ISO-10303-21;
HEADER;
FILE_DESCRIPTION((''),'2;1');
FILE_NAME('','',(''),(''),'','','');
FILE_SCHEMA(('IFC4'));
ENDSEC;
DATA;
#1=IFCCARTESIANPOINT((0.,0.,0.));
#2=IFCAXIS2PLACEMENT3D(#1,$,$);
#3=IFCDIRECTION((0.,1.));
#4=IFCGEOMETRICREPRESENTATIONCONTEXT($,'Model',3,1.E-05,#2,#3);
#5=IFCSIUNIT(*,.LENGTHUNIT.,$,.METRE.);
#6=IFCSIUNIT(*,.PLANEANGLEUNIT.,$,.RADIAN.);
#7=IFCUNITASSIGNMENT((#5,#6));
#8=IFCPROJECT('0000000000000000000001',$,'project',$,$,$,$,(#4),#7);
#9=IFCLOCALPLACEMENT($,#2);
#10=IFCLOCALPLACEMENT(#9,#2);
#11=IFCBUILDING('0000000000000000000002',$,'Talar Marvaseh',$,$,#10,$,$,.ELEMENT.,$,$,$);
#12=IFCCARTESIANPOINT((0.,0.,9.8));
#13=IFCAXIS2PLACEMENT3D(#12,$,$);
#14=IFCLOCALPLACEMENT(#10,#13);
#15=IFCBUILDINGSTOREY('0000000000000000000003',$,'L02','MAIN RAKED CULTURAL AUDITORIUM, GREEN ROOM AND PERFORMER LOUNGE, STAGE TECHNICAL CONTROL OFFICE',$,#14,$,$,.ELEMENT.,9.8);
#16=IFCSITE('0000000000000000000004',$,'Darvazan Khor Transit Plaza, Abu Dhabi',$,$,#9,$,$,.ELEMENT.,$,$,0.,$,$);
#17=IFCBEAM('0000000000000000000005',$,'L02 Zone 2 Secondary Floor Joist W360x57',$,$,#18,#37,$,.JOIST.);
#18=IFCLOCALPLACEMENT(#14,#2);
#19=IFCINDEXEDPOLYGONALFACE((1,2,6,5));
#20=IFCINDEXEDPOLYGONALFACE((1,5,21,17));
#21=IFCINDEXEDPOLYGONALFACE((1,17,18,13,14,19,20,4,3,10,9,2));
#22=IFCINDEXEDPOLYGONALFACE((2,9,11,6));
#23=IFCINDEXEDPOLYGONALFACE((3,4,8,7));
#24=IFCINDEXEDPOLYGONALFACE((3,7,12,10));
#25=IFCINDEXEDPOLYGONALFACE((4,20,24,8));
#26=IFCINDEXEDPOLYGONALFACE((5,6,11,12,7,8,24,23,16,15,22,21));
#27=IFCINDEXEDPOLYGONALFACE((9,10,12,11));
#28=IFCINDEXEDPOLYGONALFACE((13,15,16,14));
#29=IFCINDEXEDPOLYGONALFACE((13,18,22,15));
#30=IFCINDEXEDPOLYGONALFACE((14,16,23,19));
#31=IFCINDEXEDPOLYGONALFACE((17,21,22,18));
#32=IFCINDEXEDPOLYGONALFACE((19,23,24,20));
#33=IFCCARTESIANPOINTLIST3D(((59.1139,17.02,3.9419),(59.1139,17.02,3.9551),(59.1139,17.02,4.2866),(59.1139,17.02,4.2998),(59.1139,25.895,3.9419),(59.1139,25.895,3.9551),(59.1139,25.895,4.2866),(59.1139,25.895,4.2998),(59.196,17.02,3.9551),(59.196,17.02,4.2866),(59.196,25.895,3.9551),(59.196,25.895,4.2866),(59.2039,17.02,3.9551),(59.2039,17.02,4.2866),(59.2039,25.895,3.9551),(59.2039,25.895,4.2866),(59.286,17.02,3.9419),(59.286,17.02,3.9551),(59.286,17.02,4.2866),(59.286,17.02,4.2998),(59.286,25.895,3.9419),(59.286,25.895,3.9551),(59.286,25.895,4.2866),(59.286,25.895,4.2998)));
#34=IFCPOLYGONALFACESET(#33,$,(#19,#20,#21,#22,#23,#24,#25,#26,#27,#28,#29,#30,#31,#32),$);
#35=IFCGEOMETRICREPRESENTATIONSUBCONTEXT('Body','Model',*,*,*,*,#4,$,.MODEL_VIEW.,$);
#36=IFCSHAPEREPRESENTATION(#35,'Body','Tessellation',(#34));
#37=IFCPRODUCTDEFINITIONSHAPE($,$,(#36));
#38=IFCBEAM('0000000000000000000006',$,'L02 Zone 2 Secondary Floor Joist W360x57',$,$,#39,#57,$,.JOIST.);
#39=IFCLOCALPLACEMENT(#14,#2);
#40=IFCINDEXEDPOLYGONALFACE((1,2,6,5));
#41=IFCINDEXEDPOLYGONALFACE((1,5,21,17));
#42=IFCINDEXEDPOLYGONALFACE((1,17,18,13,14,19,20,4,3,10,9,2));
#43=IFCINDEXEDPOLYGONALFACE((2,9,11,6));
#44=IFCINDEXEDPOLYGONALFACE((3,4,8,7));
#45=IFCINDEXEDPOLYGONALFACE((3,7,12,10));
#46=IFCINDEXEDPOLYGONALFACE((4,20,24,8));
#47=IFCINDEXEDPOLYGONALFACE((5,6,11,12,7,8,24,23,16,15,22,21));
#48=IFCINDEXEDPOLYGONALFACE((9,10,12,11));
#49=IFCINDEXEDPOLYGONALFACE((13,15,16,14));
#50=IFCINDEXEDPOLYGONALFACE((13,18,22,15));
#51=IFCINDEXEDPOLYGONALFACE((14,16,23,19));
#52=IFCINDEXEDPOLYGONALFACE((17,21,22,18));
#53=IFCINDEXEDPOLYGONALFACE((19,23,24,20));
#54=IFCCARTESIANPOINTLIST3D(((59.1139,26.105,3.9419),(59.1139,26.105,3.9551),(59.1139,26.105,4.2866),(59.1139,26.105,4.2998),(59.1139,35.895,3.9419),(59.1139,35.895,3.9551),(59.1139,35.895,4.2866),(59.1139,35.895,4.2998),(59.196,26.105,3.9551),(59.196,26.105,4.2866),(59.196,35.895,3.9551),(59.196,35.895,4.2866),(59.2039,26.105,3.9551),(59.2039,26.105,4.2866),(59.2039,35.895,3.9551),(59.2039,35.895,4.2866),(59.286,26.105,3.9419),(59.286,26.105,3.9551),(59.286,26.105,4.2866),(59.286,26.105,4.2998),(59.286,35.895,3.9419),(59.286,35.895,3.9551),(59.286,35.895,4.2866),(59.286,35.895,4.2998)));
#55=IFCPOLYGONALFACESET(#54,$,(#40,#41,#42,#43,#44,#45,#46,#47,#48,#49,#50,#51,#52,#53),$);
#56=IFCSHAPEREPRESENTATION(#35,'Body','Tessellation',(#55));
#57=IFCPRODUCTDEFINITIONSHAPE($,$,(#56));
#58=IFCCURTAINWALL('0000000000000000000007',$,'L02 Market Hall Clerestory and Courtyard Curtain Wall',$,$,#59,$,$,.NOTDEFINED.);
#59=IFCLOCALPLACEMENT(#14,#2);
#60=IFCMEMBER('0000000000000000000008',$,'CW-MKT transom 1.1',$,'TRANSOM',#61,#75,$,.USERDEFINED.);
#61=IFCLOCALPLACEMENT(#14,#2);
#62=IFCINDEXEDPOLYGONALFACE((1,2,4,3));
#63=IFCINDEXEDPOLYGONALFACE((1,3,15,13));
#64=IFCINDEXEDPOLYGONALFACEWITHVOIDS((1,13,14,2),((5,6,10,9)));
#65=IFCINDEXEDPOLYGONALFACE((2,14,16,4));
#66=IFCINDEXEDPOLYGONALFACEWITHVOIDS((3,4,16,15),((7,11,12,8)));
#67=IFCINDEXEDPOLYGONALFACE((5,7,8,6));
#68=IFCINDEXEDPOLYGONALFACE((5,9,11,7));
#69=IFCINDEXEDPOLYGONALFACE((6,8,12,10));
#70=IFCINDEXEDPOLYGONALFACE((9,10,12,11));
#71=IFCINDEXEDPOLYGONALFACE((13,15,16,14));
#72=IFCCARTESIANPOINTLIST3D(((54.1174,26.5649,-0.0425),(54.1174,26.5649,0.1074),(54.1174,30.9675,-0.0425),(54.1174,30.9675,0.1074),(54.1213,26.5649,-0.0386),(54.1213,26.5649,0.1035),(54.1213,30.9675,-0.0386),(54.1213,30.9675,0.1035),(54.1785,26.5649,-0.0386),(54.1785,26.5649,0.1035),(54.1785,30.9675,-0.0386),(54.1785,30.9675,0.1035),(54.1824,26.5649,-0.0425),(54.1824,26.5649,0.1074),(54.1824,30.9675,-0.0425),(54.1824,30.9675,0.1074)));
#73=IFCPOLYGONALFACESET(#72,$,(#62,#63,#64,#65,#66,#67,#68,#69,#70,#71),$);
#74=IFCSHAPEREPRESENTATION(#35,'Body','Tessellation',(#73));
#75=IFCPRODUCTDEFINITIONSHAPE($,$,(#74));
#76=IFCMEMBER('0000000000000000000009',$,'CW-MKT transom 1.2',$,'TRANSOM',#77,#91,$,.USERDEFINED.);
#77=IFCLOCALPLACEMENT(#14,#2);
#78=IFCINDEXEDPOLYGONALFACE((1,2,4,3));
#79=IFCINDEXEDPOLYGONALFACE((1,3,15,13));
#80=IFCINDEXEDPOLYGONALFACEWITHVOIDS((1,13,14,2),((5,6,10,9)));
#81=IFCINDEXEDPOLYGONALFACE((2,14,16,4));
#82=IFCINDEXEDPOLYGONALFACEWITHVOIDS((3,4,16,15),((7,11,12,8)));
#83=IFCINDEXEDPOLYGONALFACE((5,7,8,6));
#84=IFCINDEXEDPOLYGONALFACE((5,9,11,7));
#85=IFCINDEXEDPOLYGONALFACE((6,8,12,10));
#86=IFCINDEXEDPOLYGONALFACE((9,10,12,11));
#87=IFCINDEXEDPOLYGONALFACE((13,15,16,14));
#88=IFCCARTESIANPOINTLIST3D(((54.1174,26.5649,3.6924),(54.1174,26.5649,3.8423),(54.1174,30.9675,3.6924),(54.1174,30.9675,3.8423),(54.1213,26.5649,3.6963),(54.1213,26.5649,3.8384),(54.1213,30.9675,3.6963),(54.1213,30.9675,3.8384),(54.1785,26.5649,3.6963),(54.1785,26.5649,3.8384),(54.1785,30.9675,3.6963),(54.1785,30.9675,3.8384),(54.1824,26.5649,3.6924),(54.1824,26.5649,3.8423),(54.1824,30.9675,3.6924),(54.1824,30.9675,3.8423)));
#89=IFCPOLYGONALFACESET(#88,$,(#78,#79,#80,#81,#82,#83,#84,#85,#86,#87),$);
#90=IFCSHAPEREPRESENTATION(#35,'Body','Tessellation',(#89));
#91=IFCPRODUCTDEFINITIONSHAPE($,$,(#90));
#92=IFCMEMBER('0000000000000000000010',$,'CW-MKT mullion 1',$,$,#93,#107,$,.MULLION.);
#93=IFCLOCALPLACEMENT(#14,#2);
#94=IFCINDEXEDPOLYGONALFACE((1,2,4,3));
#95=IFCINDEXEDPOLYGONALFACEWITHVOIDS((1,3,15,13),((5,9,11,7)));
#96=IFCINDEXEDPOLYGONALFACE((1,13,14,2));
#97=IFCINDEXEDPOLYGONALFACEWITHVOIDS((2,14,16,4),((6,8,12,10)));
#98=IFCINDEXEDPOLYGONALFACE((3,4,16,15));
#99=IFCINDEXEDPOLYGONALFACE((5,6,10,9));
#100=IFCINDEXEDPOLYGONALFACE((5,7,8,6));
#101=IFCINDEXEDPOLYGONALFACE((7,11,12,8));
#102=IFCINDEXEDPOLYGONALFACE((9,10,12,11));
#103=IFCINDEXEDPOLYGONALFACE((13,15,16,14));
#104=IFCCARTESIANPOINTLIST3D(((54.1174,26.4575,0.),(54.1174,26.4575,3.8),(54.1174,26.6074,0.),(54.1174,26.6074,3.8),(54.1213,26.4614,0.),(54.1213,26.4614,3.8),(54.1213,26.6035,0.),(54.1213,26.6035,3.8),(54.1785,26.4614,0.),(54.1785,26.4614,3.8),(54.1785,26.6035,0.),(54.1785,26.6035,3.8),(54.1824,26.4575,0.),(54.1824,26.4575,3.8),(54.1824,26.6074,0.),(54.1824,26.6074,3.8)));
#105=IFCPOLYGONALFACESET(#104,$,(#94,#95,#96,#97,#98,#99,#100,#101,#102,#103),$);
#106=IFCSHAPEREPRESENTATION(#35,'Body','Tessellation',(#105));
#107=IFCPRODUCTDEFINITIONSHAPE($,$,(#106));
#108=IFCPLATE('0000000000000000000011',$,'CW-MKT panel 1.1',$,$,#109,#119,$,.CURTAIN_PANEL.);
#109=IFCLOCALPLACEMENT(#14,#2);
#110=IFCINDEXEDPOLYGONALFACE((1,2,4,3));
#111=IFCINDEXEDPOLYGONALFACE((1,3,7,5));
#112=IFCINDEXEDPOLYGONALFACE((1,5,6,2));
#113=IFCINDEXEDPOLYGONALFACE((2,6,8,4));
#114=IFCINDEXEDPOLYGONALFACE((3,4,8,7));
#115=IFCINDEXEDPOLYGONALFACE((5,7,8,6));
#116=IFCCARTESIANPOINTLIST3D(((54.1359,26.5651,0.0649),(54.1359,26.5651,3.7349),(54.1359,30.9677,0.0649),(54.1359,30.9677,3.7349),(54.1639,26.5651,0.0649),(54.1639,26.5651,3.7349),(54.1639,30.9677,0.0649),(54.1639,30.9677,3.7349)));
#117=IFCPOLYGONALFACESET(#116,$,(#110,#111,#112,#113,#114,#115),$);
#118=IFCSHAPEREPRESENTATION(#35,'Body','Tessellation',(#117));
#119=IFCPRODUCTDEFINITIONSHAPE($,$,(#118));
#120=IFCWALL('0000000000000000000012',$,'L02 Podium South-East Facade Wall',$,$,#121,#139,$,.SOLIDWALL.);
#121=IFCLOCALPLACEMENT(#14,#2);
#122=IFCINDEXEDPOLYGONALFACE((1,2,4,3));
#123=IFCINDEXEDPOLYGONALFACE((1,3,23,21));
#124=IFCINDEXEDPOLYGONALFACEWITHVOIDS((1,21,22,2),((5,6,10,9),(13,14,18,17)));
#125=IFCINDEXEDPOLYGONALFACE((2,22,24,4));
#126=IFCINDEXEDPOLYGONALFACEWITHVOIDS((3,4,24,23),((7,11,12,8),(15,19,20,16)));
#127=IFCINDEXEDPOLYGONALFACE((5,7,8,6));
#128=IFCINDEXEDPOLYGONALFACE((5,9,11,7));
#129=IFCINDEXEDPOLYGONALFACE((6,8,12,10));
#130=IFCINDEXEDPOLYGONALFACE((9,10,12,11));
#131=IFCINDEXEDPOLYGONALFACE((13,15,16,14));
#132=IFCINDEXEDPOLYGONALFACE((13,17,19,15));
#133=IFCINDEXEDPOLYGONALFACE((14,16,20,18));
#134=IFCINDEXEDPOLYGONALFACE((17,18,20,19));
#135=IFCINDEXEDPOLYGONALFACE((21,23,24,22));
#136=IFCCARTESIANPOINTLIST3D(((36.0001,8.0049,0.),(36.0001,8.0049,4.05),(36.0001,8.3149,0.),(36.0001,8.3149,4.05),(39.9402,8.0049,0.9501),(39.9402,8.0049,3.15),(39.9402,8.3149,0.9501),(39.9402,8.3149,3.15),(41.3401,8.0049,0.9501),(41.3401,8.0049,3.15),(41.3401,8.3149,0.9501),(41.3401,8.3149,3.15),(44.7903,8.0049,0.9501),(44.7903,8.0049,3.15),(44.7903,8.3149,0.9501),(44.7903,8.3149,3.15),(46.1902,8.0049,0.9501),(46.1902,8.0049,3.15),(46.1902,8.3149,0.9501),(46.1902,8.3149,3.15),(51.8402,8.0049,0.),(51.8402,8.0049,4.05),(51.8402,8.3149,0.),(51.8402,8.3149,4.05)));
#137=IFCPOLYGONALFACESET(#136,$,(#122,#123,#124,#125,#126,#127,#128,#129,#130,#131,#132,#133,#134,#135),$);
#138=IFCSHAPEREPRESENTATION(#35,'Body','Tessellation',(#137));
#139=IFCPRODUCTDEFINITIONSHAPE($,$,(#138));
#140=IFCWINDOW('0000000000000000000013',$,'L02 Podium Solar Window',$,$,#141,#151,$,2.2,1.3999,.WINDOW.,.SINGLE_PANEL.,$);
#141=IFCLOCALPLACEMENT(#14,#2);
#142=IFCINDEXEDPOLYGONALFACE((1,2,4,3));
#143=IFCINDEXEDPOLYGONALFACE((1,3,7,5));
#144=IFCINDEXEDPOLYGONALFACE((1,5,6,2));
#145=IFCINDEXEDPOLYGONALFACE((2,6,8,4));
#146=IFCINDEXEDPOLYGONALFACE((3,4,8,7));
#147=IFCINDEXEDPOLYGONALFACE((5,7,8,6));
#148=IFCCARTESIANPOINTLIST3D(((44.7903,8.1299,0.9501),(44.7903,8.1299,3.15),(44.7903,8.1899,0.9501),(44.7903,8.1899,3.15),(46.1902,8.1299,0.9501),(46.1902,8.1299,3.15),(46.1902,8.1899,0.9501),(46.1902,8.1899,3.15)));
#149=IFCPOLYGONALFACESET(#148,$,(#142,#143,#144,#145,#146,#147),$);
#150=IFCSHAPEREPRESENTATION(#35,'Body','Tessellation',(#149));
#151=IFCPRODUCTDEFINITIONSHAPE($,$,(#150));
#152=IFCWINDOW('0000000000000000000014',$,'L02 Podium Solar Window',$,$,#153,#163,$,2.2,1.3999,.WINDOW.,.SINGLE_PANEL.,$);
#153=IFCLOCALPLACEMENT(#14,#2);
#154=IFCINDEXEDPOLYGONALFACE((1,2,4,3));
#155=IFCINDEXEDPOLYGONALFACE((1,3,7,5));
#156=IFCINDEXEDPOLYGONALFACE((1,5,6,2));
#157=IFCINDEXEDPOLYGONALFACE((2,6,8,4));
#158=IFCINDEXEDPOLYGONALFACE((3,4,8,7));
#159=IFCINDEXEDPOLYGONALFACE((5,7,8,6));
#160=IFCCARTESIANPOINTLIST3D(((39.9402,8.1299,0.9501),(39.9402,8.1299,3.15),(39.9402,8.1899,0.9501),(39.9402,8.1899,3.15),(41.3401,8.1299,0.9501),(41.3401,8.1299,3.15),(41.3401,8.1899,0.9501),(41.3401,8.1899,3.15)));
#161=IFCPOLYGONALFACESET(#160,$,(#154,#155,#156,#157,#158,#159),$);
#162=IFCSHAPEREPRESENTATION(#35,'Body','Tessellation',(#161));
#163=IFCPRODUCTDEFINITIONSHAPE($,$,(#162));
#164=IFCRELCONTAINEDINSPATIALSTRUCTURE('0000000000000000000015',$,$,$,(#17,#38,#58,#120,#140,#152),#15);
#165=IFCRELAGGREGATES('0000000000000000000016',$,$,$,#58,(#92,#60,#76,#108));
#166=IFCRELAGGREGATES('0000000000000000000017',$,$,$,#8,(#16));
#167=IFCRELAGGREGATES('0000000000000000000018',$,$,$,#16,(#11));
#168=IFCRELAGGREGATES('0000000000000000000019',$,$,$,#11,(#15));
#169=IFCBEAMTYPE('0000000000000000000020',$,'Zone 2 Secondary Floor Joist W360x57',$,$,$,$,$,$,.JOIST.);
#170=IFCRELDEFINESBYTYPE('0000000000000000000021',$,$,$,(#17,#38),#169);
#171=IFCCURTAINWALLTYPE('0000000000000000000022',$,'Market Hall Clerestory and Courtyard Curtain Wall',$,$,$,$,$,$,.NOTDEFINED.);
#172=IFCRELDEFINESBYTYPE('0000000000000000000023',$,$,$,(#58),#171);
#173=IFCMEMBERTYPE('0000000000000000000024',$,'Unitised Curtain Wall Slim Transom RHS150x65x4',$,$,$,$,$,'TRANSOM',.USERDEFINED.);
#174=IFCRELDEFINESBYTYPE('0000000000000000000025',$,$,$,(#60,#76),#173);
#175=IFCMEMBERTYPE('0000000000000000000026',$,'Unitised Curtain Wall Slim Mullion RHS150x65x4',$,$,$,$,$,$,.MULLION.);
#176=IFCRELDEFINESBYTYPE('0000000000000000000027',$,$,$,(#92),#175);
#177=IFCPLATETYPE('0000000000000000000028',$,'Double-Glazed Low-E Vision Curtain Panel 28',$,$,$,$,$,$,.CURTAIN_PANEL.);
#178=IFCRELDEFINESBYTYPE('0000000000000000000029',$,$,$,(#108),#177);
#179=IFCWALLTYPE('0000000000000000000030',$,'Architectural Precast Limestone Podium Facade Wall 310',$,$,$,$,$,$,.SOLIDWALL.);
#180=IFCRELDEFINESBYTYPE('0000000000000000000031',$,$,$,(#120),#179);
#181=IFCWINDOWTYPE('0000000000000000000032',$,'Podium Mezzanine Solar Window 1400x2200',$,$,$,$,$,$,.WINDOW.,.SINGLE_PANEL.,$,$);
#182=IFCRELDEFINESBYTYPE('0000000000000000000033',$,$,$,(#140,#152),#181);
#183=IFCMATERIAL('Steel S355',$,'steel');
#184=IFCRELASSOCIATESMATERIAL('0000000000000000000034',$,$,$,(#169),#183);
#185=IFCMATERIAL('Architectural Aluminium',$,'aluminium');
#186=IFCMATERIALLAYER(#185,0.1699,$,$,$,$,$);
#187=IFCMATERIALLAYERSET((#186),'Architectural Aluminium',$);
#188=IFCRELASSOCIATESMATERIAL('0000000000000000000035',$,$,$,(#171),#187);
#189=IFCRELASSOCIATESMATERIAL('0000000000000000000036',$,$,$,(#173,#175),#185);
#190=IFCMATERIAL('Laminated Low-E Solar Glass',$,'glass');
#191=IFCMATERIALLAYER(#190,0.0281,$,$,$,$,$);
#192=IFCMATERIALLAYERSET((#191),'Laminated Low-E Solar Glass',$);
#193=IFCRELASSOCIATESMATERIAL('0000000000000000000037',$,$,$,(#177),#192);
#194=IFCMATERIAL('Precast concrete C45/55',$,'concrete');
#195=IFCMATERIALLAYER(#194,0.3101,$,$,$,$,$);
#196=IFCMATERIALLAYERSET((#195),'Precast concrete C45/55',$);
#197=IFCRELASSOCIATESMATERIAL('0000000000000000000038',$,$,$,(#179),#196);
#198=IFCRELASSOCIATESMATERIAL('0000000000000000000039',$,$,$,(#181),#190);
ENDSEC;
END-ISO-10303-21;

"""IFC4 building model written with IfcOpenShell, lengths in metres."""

from ifc_helpers import new_model, si_unit, direction, frame, frame_2d, origin, origin_2d, place, context, subcontext, project, spatial, rectangle, hollow_rectangle, i_section, extrude, source, transform, mapped, material, layer, layer_set, material_profile, profile_set, type_object, type_shapes, element, fill, aggregate, save


model = new_model("IFC4")

# Units and contexts
model_context = context("Model", 3, precision=1e-05, world=origin(), true_north=direction((0.0, 1.0)))
body_context = subcontext(model_context, "Body", "Model", "MODEL_VIEW")
ifc_project = project(units=[si_unit("LENGTHUNIT", "METRE"), si_unit("PLANEANGLEUNIT", "RADIAN")], contexts=[model_context])

# Site, building, storey
site_placement = place(None, origin())
site = spatial("IfcSite", under=ifc_project, at=site_placement, Name="Darvazan Khor Transit Plaza, Abu Dhabi", CompositionType="ELEMENT", RefElevation=0.0)
building_placement = place(site_placement, origin())
building = spatial("IfcBuilding", under=site, at=building_placement, Name="Talar Marvaseh", CompositionType="ELEMENT")
storey_placement = place(building_placement, frame((0.0, 0.0, 9.8)))
storey = spatial("IfcBuildingStorey", under=building, at=storey_placement, Name="L02", Description="MAIN RAKED CULTURAL AUDITORIUM, GREEN ROOM AND PERFORMER LOUNGE, STAGE TECHNICAL CONTROL OFFICE", CompositionType="ELEMENT", Elevation=9.8)

# Beams
ifc_material_1 = material(Name="Steel S355", Category="steel")
ifc_material_profile_1 = material_profile(ifc_material_1, i_section(OverallWidth=0.1721, OverallDepth=0.3579, WebThickness=0.0078, FlangeThickness=0.0132, at=origin_2d()), Name="W360x57")
ifc_profile_set_1 = profile_set([ifc_material_profile_1], Name="Steel S355")
beam_type_1 = type_object("IfcBeamType", Name="Zone 2 Secondary Floor Joist W360x57", PredefinedType="JOIST", material=ifc_profile_set_1)
beam_1_placement = place(storey_placement, frame((59.2, 17.02, 4.1208), z_axis=(0.0, 1.0, 0.0), x_axis=(-1.0, 0.0, 0.0)))
element("IfcBeam", 1, at=beam_1_placement, inside=storey, type_object=beam_type_1, Name="L02 Zone 2 Secondary Floor Joist W360x57", PredefinedType="JOIST", context=body_context, shape_type="SweptSolid", body=[
    extrude(i_section(OverallWidth=0.1721, OverallDepth=0.3579, WebThickness=0.0078, FlangeThickness=0.0132, at=origin_2d()), origin(), (0.0, 0.0, 1.0), 8.875),
])
beam_2_placement = place(storey_placement, frame((59.2, 26.105, 4.1208), z_axis=(0.0, 1.0, 0.0), x_axis=(-1.0, 0.0, 0.0)))
element("IfcBeam", 2, at=beam_2_placement, inside=storey, type_object=beam_type_1, Name="L02 Zone 2 Secondary Floor Joist W360x57", PredefinedType="JOIST", context=body_context, shape_type="SweptSolid", body=[
    extrude(i_section(OverallWidth=0.1721, OverallDepth=0.3579, WebThickness=0.0078, FlangeThickness=0.0132, at=origin_2d()), origin(), (0.0, 0.0, 1.0), 9.79),
])

# Curtain wall, members, plate
ifc_material_2 = material(Name="Architectural Aluminium", Category="aluminium")
ifc_layer_1 = layer(ifc_material_2, 0.1699)
ifc_layer_set_1 = layer_set([ifc_layer_1], Name="Architectural Aluminium")
curtain_wall_type = type_object("IfcCurtainWallType", Name="Market Hall Clerestory and Courtyard Curtain Wall", PredefinedType="NOTDEFINED", material=ifc_layer_set_1)
curtain_wall_placement = place(storey_placement, origin())
curtain_wall = element("IfcCurtainWall", 3, at=curtain_wall_placement, inside=storey, type_object=curtain_wall_type, Name="L02 Market Hall Clerestory and Courtyard Curtain Wall", PredefinedType="NOTDEFINED")
ifc_material_profile_2 = material_profile(ifc_material_2, hollow_rectangle(XDim=0.0649, YDim=0.1499, WallThickness=0.0039, at=origin_2d()), Name="RHS150x65x4")
ifc_profile_set_2 = profile_set([ifc_material_profile_2], Name="Architectural Aluminium")
member_type_1 = type_object("IfcMemberType", Name="Unitised Curtain Wall Slim Transom RHS150x65x4", ElementType="TRANSOM", PredefinedType="USERDEFINED", material=ifc_profile_set_2)
shared_shape_1 = source(origin(), body_context, "Body", "SweptSolid", [
    extrude(hollow_rectangle(XDim=0.0649, YDim=0.1499, WallThickness=0.0039, at=origin_2d()), origin(), (0.0, 0.0, 1.0), 4.4026),
])
type_shapes(member_type_1, [shared_shape_1])
member_1_placement = place(storey_placement, frame((54.1499, 26.5649, 0.0325), z_axis=(0.0, 1.0, 0.0), x_axis=(-1.0, 0.0, 0.0)))
member_1 = element("IfcMember", 4, at=member_1_placement, type_object=member_type_1, Name="CW-MKT transom 1.1", ObjectType="TRANSOM", PredefinedType="USERDEFINED", context=body_context, shape_type="MappedRepresentation", body=[
    mapped(shared_shape_1, transform((0.0, 0.0, 0.0), x_axis=(1.0, 0.0, 0.0), y_axis=(0.0, 1.0, 0.0), z_axis=(0.0, 0.0, 1.0), scale=1.0)),
])
member_2_placement = place(storey_placement, frame((54.1499, 26.5649, 3.7673), z_axis=(0.0, 1.0, 0.0), x_axis=(-1.0, 0.0, 0.0)))
member_2 = element("IfcMember", 5, at=member_2_placement, type_object=member_type_1, Name="CW-MKT transom 1.2", ObjectType="TRANSOM", PredefinedType="USERDEFINED", context=body_context, shape_type="MappedRepresentation", body=[
    mapped(shared_shape_1, transform((0.0, 0.0, 0.0), x_axis=(1.0, 0.0, 0.0), y_axis=(0.0, 1.0, 0.0), z_axis=(0.0, 0.0, 1.0), scale=1.0)),
])
ifc_material_profile_3 = material_profile(ifc_material_2, hollow_rectangle(XDim=0.0649, YDim=0.1499, WallThickness=0.0039, at=origin_2d()), Name="RHS150x65x4")
ifc_profile_set_3 = profile_set([ifc_material_profile_3], Name="Architectural Aluminium")
member_type_2 = type_object("IfcMemberType", Name="Unitised Curtain Wall Slim Mullion RHS150x65x4", PredefinedType="MULLION", material=ifc_profile_set_3)
shared_shape_2 = source(origin(), body_context, "Body", "SweptSolid", [
    extrude(hollow_rectangle(XDim=0.0649, YDim=0.1499, WallThickness=0.0039, at=origin_2d()), origin(), (0.0, 0.0, 1.0), 3.8),
])
type_shapes(member_type_2, [shared_shape_2])
member_3_placement = place(storey_placement, frame((54.1499, 26.5325, 0.0), z_axis=(0.0, 0.0, 1.0), x_axis=(-1.0, 0.0, 0.0)))
member_3 = element("IfcMember", 6, at=member_3_placement, type_object=member_type_2, Name="CW-MKT mullion 1", PredefinedType="MULLION", context=body_context, shape_type="MappedRepresentation", body=[
    mapped(shared_shape_2, transform((0.0, 0.0, 0.0), x_axis=(1.0, 0.0, 0.0), y_axis=(0.0, 1.0, 0.0), z_axis=(0.0, 0.0, 1.0), scale=1.0)),
])
ifc_material_3 = material(Name="Laminated Low-E Solar Glass", Category="glass")
ifc_layer_2 = layer(ifc_material_3, 0.0281)
ifc_layer_set_2 = layer_set([ifc_layer_2], Name="Laminated Low-E Solar Glass")
plate_type = type_object("IfcPlateType", Name="Double-Glazed Low-E Vision Curtain Panel 28", PredefinedType="CURTAIN_PANEL", material=ifc_layer_set_2)
shared_shape_3 = source(origin(), body_context, "Body", "SweptSolid", [
    extrude(rectangle(XDim=4.4026, YDim=0.0281, at=origin_2d()), origin(), (0.0, 0.0, 1.0), 3.6699),
])
type_shapes(plate_type, [shared_shape_3])
plate_placement = place(storey_placement, frame((54.1499, 28.7664, 0.0649), z_axis=(0.0, 0.0, 1.0), x_axis=(0.0, 1.0, 0.0)))
plate = element("IfcPlate", 7, at=plate_placement, type_object=plate_type, Name="CW-MKT panel 1.1", PredefinedType="CURTAIN_PANEL", context=body_context, shape_type="MappedRepresentation", body=[
    mapped(shared_shape_3, transform((0.0, 0.0, 0.0), x_axis=(1.0, 0.0, 0.0), y_axis=(0.0, 1.0, 0.0), z_axis=(0.0, 0.0, 1.0), scale=1.0)),
])
aggregate(curtain_wall, [member_3, member_1, member_2, plate])

# Wall, openings, windows
ifc_material_4 = material(Name="Precast concrete C45/55", Category="concrete")
ifc_layer_3 = layer(ifc_material_4, 0.3101)
ifc_layer_set_3 = layer_set([ifc_layer_3], Name="Precast concrete C45/55")
wall_type_1 = type_object("IfcWallType", Name="Architectural Precast Limestone Podium Facade Wall 310", PredefinedType="SOLIDWALL", material=ifc_layer_set_3)
wall_1_placement = place(storey_placement, frame((51.8401, 8.1599, 0.0), z_axis=(0.0, 0.0, 1.0), x_axis=(-1.0, 0.0, 0.0)))
wall_1 = element("IfcWall", 8, at=wall_1_placement, inside=storey, type_object=wall_type_1, Name="L02 Podium South-East Facade Wall", PredefinedType="SOLIDWALL", context=body_context, shape_type="SweptSolid", body=[
    extrude(rectangle(XDim=15.8401, YDim=0.3101, at=frame_2d((7.9199, 0.0))), origin(), (0.0, 0.0, 1.0), 4.05),
])
opening_1_placement = place(wall_1_placement, frame((5.6499, 0.0, 0.95)))
opening_1 = element("IfcOpeningElement", 9, at=opening_1_placement, cuts=wall_1, PredefinedType="OPENING", context=body_context, shape_type="SweptSolid", body=[
    extrude(rectangle(XDim=1.3999, YDim=2.2, at=frame_2d((0.7, 1.1001))), frame((0.0, 0.165, 0.0), z_axis=(0.0, -1.0, 0.0), x_axis=(1.0, 0.0, 0.0)), (0.0, 0.0, 1.0), 0.3301),
])
opening_2_placement = place(wall_1_placement, frame((10.5, 0.0, 0.95)))
opening_2 = element("IfcOpeningElement", 10, at=opening_2_placement, cuts=wall_1, PredefinedType="OPENING", context=body_context, shape_type="SweptSolid", body=[
    extrude(rectangle(XDim=1.3999, YDim=2.2, at=frame_2d((0.7, 1.1001))), frame((0.0, 0.165, 0.0), z_axis=(0.0, -1.0, 0.0), x_axis=(1.0, 0.0, 0.0)), (0.0, 0.0, 1.0), 0.3301),
])
window_type = type_object("IfcWindowType", Name="Podium Mezzanine Solar Window 1400x2200", PartitioningType="SINGLE_PANEL", PredefinedType="WINDOW", material=ifc_material_3)
shared_shape_4 = source(origin(), body_context, "Body", "SweptSolid", [
    extrude(rectangle(XDim=1.3999, YDim=2.2, at=frame_2d((0.7, 1.1001))), frame((0.0, 0.03, 0.0), z_axis=(0.0, -1.0, 0.0), x_axis=(1.0, 0.0, 0.0)), (0.0, 0.0, 1.0), 0.0601),
])
type_shapes(window_type, [shared_shape_4])
window_1_placement = place(opening_1_placement, origin())
window_1 = element("IfcWindow", 11, at=window_1_placement, inside=storey, type_object=window_type, Name="L02 Podium Solar Window", OverallHeight=2.2, OverallWidth=1.3999, PartitioningType="SINGLE_PANEL", PredefinedType="WINDOW", context=body_context, shape_type="MappedRepresentation", body=[
    mapped(shared_shape_4, transform((0.0, 0.0, 0.0), x_axis=(1.0, 0.0, 0.0), y_axis=(0.0, 1.0, 0.0), z_axis=(0.0, 0.0, 1.0), scale=1.0)),
])
fill(opening_1, window_1)
window_2_placement = place(opening_2_placement, origin())
window_2 = element("IfcWindow", 12, at=window_2_placement, inside=storey, type_object=window_type, Name="L02 Podium Solar Window", OverallHeight=2.2, OverallWidth=1.3999, PartitioningType="SINGLE_PANEL", PredefinedType="WINDOW", context=body_context, shape_type="MappedRepresentation", body=[
    mapped(shared_shape_4, transform((0.0, 0.0, 0.0), x_axis=(1.0, 0.0, 0.0), y_axis=(0.0, 1.0, 0.0), z_axis=(0.0, 0.0, 1.0), scale=1.0)),
])
fill(opening_2, window_2)

save(model, "model.ifc")
